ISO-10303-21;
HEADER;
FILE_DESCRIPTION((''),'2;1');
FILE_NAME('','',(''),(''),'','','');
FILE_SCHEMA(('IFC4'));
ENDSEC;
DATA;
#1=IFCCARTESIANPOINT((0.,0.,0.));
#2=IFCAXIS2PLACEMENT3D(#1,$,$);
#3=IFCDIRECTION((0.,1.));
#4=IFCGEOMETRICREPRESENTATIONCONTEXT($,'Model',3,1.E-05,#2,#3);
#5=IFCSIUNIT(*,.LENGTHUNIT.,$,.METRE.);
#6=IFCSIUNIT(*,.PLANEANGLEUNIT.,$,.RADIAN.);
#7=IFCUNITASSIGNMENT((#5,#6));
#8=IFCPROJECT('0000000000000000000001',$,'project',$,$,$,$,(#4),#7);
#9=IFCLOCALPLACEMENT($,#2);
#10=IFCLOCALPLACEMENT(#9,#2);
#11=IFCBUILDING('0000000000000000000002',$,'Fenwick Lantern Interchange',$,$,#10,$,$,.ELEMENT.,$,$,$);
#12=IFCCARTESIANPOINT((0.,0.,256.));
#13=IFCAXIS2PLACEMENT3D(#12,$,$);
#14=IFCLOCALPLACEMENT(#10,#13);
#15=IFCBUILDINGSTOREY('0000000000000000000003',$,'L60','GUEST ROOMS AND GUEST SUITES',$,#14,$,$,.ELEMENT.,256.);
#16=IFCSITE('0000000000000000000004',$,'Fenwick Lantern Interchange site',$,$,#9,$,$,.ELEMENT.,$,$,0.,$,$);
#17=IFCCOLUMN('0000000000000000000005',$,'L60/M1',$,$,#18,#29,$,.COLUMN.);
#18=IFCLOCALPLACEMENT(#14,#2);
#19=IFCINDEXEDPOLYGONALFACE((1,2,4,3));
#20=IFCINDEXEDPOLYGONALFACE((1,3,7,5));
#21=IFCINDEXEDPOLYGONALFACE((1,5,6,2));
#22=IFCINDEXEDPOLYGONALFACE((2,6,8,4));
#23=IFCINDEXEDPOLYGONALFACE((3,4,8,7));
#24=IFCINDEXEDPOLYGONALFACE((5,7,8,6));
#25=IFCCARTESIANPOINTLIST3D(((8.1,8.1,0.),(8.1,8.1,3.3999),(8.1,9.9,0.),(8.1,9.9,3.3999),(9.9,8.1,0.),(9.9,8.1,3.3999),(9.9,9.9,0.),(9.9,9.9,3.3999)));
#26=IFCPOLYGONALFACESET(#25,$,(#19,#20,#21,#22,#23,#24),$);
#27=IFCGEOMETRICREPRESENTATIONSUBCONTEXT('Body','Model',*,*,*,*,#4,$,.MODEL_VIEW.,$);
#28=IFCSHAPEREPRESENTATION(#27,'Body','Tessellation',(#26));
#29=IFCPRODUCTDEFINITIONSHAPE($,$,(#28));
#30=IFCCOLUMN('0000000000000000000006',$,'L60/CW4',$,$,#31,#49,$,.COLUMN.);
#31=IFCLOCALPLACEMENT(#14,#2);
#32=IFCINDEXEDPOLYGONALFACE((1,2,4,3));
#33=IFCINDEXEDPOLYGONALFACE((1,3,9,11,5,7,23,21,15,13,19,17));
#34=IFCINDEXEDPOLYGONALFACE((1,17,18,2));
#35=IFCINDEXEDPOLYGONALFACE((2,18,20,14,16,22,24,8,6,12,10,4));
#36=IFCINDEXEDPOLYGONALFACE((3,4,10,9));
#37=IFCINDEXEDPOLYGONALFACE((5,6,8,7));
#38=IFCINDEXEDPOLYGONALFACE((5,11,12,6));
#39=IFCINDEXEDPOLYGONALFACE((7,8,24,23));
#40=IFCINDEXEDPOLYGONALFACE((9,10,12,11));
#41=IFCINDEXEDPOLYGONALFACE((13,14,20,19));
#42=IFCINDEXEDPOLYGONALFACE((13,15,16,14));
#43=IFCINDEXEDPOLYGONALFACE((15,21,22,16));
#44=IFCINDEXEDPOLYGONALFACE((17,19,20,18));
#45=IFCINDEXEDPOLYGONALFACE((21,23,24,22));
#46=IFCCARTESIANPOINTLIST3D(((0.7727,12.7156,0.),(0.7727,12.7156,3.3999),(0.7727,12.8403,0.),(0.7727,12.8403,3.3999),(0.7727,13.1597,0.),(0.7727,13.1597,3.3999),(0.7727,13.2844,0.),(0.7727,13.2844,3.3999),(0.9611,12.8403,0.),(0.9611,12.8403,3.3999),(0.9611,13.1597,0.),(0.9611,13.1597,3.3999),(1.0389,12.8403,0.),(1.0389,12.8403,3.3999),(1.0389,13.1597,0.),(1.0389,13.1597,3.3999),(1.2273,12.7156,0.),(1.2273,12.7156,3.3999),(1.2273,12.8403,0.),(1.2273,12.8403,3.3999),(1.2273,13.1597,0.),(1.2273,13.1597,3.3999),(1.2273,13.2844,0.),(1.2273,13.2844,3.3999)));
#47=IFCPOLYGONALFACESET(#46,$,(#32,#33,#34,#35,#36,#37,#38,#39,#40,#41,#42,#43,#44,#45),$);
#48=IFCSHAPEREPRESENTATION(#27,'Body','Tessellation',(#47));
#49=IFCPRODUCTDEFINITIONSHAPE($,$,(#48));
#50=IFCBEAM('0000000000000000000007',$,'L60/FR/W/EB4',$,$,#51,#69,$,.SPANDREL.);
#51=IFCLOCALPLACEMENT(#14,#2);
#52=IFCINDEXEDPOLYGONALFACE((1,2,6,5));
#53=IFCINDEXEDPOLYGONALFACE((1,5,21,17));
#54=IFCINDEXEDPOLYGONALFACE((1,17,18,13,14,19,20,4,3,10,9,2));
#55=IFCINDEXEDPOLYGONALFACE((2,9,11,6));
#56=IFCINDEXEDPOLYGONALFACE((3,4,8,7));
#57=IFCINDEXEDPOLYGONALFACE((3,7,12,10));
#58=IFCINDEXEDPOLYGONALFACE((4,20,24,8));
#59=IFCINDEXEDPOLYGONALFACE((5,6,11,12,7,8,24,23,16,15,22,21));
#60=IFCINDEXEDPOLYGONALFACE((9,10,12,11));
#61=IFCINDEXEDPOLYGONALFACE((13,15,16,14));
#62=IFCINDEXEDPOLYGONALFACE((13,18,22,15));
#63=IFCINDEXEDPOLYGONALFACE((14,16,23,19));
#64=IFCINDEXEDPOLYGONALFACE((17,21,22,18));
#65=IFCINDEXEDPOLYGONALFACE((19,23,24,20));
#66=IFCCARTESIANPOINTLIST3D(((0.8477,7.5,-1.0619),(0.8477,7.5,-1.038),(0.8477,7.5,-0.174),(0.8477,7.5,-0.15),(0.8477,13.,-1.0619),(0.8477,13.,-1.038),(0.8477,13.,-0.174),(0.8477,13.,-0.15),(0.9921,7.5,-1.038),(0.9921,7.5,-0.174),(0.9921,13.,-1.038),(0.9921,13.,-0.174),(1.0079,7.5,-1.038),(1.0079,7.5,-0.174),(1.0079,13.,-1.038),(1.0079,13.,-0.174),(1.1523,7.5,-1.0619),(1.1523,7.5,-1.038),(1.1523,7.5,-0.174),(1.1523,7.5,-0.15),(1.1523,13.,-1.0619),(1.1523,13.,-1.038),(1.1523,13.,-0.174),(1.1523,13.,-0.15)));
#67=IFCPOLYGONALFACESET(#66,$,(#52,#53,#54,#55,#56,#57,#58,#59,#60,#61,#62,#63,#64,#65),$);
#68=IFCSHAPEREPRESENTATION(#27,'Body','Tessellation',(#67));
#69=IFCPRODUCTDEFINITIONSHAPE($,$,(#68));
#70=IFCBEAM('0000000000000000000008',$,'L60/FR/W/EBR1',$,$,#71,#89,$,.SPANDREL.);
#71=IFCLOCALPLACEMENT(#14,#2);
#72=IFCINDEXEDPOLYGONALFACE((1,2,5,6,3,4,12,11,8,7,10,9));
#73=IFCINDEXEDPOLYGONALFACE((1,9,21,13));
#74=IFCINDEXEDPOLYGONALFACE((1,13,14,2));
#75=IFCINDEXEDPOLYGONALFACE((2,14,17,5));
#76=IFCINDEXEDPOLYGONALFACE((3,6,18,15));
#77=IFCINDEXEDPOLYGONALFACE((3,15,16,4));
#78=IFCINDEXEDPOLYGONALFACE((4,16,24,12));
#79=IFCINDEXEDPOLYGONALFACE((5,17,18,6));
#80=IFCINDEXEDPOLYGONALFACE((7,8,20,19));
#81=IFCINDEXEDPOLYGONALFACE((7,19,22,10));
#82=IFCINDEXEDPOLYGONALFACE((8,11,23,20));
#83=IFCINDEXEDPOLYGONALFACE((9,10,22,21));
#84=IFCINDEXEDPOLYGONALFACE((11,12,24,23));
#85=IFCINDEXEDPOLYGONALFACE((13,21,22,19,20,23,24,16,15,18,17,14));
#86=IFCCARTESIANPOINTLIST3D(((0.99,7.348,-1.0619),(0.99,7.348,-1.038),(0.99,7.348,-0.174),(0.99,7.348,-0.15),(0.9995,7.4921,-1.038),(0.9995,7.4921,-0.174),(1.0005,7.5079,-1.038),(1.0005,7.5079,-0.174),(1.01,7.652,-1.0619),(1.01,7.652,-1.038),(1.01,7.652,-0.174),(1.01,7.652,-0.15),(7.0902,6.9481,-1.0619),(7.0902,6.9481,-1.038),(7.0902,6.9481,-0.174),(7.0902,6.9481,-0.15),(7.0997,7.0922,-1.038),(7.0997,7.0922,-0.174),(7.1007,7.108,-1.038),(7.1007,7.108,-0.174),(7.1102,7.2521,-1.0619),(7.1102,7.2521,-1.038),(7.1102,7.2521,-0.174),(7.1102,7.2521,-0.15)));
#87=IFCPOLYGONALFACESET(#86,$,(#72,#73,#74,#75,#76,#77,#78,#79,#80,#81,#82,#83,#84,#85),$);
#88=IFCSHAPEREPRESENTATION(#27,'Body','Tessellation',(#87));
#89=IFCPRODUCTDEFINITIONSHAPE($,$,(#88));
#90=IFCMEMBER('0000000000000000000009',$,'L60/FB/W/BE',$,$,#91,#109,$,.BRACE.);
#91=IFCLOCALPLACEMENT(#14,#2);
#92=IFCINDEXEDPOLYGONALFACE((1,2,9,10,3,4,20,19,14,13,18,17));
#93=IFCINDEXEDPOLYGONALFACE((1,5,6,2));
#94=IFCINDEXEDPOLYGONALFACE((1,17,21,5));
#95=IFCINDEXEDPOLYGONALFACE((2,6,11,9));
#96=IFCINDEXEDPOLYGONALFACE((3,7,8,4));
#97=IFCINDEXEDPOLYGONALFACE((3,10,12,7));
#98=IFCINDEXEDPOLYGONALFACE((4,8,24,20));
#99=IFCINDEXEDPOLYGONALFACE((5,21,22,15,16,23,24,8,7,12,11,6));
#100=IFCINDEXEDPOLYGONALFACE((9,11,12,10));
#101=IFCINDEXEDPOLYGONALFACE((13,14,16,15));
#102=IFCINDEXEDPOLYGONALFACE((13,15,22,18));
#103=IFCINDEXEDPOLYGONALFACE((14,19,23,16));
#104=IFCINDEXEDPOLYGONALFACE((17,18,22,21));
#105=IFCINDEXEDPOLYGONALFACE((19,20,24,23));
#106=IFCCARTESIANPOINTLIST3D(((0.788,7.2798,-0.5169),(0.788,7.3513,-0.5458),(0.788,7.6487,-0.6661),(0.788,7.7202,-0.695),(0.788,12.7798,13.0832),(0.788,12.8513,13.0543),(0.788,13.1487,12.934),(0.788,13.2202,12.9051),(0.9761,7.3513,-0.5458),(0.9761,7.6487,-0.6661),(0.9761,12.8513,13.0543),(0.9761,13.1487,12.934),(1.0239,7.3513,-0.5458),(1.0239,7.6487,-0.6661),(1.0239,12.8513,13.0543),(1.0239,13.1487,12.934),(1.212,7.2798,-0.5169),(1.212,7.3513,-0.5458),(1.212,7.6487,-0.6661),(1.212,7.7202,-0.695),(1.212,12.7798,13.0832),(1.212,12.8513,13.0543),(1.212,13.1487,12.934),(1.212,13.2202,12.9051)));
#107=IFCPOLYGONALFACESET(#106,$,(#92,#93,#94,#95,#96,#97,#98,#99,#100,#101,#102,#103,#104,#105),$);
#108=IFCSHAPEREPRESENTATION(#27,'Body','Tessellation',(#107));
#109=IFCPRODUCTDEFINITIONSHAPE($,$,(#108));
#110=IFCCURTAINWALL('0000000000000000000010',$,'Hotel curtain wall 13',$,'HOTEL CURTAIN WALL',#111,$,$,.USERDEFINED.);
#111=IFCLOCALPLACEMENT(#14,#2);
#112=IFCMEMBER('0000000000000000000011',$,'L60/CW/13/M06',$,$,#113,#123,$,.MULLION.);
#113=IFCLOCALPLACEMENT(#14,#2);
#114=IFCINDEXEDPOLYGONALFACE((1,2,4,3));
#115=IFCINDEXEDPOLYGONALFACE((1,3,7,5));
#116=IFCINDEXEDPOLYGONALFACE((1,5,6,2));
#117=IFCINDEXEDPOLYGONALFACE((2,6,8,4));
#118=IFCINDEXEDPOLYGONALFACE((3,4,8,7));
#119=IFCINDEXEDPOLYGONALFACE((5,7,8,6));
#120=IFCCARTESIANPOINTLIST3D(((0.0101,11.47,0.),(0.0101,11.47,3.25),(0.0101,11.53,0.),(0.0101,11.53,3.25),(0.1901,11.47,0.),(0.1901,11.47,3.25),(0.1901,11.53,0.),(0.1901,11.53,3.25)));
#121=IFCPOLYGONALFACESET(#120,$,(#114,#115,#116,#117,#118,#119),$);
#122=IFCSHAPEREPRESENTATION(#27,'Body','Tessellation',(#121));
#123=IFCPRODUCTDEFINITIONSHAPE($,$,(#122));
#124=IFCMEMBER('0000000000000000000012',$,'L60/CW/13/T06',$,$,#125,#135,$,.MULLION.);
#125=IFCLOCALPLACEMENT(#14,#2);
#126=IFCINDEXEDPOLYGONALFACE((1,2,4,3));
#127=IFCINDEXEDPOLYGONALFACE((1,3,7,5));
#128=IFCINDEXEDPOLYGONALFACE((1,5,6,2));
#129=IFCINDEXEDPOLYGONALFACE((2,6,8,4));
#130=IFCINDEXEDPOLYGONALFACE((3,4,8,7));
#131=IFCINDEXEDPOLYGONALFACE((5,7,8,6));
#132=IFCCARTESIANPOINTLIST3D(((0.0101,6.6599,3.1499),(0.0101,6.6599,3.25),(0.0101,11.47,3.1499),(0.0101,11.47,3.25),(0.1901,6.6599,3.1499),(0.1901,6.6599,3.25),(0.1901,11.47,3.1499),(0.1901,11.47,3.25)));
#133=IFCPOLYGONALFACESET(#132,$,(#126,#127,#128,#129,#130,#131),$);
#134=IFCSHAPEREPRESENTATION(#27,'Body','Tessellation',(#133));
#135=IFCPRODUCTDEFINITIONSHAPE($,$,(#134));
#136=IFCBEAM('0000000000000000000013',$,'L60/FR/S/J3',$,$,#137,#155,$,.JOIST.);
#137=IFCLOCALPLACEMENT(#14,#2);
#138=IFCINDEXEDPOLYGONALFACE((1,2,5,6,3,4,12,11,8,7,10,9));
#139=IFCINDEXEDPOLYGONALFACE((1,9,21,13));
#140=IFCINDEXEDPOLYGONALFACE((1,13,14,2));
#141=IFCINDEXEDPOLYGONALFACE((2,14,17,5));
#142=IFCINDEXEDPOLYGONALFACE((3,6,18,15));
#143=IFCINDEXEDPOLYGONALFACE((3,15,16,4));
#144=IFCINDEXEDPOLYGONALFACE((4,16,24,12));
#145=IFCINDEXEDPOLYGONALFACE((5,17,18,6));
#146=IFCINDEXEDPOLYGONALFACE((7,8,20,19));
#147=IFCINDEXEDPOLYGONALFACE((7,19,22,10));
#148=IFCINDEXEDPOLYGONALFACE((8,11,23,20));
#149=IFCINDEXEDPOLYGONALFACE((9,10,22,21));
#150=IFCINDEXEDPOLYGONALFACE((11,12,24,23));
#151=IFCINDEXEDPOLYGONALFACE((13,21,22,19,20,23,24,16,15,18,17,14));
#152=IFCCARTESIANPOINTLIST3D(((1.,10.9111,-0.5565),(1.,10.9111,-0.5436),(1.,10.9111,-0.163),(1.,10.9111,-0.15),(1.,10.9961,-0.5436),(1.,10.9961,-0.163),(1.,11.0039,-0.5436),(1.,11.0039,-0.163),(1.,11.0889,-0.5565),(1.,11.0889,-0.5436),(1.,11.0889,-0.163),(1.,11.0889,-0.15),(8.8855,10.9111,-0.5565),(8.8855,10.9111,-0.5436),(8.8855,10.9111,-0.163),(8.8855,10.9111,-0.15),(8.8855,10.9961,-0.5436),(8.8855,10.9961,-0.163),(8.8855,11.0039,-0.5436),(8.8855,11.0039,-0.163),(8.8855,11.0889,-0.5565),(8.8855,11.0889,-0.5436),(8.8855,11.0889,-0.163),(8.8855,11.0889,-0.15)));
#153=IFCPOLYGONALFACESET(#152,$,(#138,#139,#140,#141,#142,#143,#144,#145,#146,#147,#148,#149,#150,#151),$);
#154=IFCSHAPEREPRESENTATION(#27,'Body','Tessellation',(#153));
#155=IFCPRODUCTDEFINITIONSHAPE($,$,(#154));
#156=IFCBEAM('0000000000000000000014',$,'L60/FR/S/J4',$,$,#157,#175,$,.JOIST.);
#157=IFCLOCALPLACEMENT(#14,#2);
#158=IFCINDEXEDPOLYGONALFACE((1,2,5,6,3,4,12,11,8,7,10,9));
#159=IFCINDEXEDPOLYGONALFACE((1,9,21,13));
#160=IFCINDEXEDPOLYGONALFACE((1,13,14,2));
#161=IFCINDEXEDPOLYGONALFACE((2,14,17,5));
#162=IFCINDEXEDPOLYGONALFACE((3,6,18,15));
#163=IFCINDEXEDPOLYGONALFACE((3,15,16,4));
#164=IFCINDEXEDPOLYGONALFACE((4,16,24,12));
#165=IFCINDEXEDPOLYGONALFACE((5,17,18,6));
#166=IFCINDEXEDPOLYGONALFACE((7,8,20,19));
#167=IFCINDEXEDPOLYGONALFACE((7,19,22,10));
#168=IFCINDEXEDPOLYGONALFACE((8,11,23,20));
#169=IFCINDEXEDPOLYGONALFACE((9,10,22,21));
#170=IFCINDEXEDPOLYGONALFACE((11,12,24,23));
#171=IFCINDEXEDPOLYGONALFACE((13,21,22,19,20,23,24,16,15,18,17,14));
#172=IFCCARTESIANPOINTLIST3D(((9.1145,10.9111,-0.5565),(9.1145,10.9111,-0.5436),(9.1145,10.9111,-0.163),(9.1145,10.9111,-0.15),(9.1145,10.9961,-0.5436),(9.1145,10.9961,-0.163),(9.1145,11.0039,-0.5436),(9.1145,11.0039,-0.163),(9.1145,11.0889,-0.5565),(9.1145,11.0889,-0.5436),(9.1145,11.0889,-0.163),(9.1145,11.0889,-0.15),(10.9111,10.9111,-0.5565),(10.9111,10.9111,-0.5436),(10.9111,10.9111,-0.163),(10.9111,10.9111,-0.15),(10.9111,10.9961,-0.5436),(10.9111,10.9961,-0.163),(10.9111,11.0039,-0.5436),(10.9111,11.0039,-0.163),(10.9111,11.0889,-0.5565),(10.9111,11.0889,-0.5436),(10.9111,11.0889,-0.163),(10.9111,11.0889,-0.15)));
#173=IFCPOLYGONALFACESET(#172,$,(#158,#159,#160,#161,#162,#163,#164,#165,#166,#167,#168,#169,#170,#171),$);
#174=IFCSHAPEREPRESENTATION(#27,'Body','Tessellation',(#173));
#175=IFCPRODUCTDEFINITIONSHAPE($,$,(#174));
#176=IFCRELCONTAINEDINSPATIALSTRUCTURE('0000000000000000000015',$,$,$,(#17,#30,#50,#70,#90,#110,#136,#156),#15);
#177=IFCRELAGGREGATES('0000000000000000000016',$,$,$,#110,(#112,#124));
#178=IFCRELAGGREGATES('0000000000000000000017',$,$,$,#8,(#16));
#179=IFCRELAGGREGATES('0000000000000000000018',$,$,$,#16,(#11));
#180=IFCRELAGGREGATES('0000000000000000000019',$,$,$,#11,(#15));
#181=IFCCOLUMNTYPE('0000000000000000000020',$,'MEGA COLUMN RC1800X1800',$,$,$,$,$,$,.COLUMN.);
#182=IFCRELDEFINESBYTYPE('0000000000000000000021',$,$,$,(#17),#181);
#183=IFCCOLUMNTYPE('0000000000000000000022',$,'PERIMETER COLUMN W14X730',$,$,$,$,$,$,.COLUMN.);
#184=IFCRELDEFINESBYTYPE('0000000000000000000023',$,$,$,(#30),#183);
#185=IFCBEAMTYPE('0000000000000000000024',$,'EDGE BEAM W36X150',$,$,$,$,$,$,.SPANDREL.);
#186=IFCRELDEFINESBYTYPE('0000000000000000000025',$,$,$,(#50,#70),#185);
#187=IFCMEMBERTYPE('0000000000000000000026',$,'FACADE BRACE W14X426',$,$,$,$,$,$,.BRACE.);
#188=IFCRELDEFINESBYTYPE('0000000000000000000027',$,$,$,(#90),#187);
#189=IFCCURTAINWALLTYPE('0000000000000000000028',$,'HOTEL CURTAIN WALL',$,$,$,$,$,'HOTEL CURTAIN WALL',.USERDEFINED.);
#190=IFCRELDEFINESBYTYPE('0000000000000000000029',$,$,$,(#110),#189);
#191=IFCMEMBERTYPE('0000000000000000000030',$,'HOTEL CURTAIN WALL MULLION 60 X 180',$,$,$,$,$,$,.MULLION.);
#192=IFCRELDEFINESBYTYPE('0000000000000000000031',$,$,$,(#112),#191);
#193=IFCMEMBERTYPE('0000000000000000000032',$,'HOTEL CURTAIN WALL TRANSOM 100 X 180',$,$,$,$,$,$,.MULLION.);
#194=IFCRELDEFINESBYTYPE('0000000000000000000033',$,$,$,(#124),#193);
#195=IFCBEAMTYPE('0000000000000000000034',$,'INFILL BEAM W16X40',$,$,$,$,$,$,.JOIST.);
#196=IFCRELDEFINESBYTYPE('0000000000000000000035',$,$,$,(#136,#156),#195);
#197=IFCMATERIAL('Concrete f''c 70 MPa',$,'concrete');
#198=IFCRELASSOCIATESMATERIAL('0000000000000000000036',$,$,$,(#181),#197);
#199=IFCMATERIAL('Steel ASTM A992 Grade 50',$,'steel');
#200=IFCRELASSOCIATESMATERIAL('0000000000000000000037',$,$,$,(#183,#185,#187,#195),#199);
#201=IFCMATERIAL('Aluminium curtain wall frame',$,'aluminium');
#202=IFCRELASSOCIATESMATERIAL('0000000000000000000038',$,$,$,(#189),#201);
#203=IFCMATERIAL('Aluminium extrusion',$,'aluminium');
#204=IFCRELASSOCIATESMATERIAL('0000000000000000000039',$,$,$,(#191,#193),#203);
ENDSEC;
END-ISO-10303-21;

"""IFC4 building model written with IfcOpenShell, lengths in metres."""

from ifc_helpers import new_model, si_unit, direction, frame, origin, origin_2d, place, context, subcontext, project, spatial, rectangle, i_section, extrude, material, material_profile, profile_set, type_object, element, aggregate, save


model = new_model("IFC4")

# Units and contexts
model_context = context("Model", 3, precision=1e-05, world=origin(), true_north=direction((0.0, 1.0)))
body_context = subcontext(model_context, "Body", "Model", "MODEL_VIEW")
ifc_project = project(units=[si_unit("LENGTHUNIT", "METRE"), si_unit("PLANEANGLEUNIT", "RADIAN")], contexts=[model_context])

# Site, building, storey
site_placement = place(None, origin())
site = spatial("IfcSite", under=ifc_project, at=site_placement, Name="Fenwick Lantern Interchange site", CompositionType="ELEMENT", RefElevation=0.0)
building_placement = place(site_placement, origin())
building = spatial("IfcBuilding", under=site, at=building_placement, Name="Fenwick Lantern Interchange", CompositionType="ELEMENT")
storey_placement = place(building_placement, frame((0.0, 0.0, 256.0)))
storey = spatial("IfcBuildingStorey", under=building, at=storey_placement, Name="L60", Description="GUEST ROOMS AND GUEST SUITES", CompositionType="ELEMENT", Elevation=256.0)

# Columns
ifc_material_1 = material(Name="Concrete f'c 70 MPa", Category="concrete")
ifc_material_profile_1 = material_profile(ifc_material_1, rectangle(XDim=1.8, YDim=1.8, at=origin_2d()), Name="RC1800X1800")
ifc_profile_set_1 = profile_set([ifc_material_profile_1], Name="Concrete f'c 70 MPa")
column_type_1 = type_object("IfcColumnType", Name="MEGA COLUMN RC1800X1800", PredefinedType="COLUMN", material=ifc_profile_set_1)
column_1_placement = place(storey_placement, frame((9.0, 9.0, 0.0), z_axis=(0.0, 0.0, 1.0), x_axis=(1.0, 0.0, 0.0)))
element("IfcColumn", 1, at=column_1_placement, inside=storey, type_object=column_type_1, Name="L60/M1", PredefinedType="COLUMN", context=body_context, shape_type="SweptSolid", body=[
    extrude(rectangle(XDim=1.8, YDim=1.8, at=origin_2d()), origin(), (0.0, 0.0, 1.0), 3.3999),
])
ifc_material_2 = material(Name="Steel ASTM A992 Grade 50", Category="steel")
ifc_material_profile_2 = material_profile(ifc_material_2, i_section(OverallWidth=0.4546, OverallDepth=0.5688, WebThickness=0.0779, FlangeThickness=0.1248, at=origin_2d()), Name="W14X730")
ifc_profile_set_2 = profile_set([ifc_material_profile_2], Name="Steel ASTM A992 Grade 50")
column_type_2 = type_object("IfcColumnType", Name="PERIMETER COLUMN W14X730", PredefinedType="COLUMN", material=ifc_profile_set_2)
column_2_placement = place(storey_placement, frame((1.0, 13.0, 0.0), z_axis=(0.0, 0.0, 1.0), x_axis=(1.0, 0.0, 0.0)))
element("IfcColumn", 2, at=column_2_placement, inside=storey, type_object=column_type_2, Name="L60/CW4", PredefinedType="COLUMN", context=body_context, shape_type="SweptSolid", body=[
    extrude(i_section(OverallWidth=0.4546, OverallDepth=0.5688, WebThickness=0.0779, FlangeThickness=0.1248, at=origin_2d()), origin(), (0.0, 0.0, 1.0), 3.3999),
])

# Beams
ifc_material_profile_3 = material_profile(ifc_material_2, i_section(OverallWidth=0.3047, OverallDepth=0.9119, WebThickness=0.0159, FlangeThickness=0.0239, at=origin_2d()), Name="W36X150")
ifc_profile_set_3 = profile_set([ifc_material_profile_3], Name="Steel ASTM A992 Grade 50")
beam_type_1 = type_object("IfcBeamType", Name="EDGE BEAM W36X150", PredefinedType="SPANDREL", material=ifc_profile_set_3)
beam_1_placement = place(storey_placement, frame((1.0, 13.0, -0.606), z_axis=(0.0, -1.0, 0.0), x_axis=(1.0, 0.0, 0.0)))
element("IfcBeam", 3, at=beam_1_placement, inside=storey, type_object=beam_type_1, Name="L60/FR/W/EB4", PredefinedType="SPANDREL", context=body_context, shape_type="SweptSolid", body=[
    extrude(i_section(OverallWidth=0.3047, OverallDepth=0.9119, WebThickness=0.0159, FlangeThickness=0.0239, at=origin_2d()), origin(), (0.0, 0.0, 1.0), 5.5),
])
beam_2_placement = place(storey_placement, frame((1.0, 7.5, -0.606), z_axis=(0.997858, -0.065416, 0.0), x_axis=(0.065416, 0.997858, 0.0)))
element("IfcBeam", 4, at=beam_2_placement, inside=storey, type_object=beam_type_1, Name="L60/FR/W/EBR1", PredefinedType="SPANDREL", context=body_context, shape_type="SweptSolid", body=[
    extrude(i_section(OverallWidth=0.3047, OverallDepth=0.9119, WebThickness=0.0159, FlangeThickness=0.0239, at=origin_2d()), origin(), (0.0, 0.0, 1.0), 6.1133),
])

# Member
ifc_material_profile_4 = material_profile(ifc_material_2, i_section(OverallWidth=0.4241, OverallDepth=0.4751, WebThickness=0.0479, FlangeThickness=0.0771, at=origin_2d()), Name="W14X426")
ifc_profile_set_4 = profile_set([ifc_material_profile_4], Name="Steel ASTM A992 Grade 50")
member_type_1 = type_object("IfcMemberType", Name="FACADE BRACE W14X426", PredefinedType="BRACE", material=ifc_profile_set_4)
member_1_placement = place(storey_placement, frame((1.0, 7.5, -0.606), z_axis=(0.0, 0.374912, 0.927061), x_axis=(-1.0, 0.0, 0.0)))
element("IfcMember", 5, at=member_1_placement, inside=storey, type_object=member_type_1, Name="L60/FB/W/BE", PredefinedType="BRACE", context=body_context, shape_type="SweptSolid", body=[
    extrude(i_section(OverallWidth=0.4241, OverallDepth=0.4751, WebThickness=0.0479, FlangeThickness=0.0771, at=origin_2d()), origin(), (0.0, 0.0, 1.0), 14.6702),
])

# Curtain wall, members
ifc_material_3 = material(Name="Aluminium curtain wall frame", Category="aluminium")
curtain_wall_type = type_object("IfcCurtainWallType", Name="HOTEL CURTAIN WALL", ElementType="HOTEL CURTAIN WALL", PredefinedType="USERDEFINED", material=ifc_material_3)
curtain_wall_placement = place(storey_placement, origin())
curtain_wall = element("IfcCurtainWall", 6, at=curtain_wall_placement, inside=storey, type_object=curtain_wall_type, Name="Hotel curtain wall 13", ObjectType="HOTEL CURTAIN WALL", PredefinedType="USERDEFINED")
ifc_material_4 = material(Name="Aluminium extrusion", Category="aluminium")
ifc_material_profile_5 = material_profile(ifc_material_4, rectangle(XDim=0.1799, YDim=0.0601, at=origin_2d()), Name="HOTEL CURTAIN WALL MULLION 60 X 180")
ifc_profile_set_5 = profile_set([ifc_material_profile_5], Name="Aluminium extrusion")
member_type_2 = type_object("IfcMemberType", Name="HOTEL CURTAIN WALL MULLION 60 X 180", PredefinedType="MULLION", material=ifc_profile_set_5)
member_2_placement = place(storey_placement, frame((0.1001, 11.5, 0.0), z_axis=(0.0, 0.0, 1.0), x_axis=(1.0, 0.0, 0.0)))
member_2 = element("IfcMember", 7, at=member_2_placement, type_object=member_type_2, Name="L60/CW/13/M06", PredefinedType="MULLION", context=body_context, shape_type="SweptSolid", body=[
    extrude(rectangle(XDim=0.1799, YDim=0.0601, at=origin_2d()), origin(), (0.0, 0.0, 1.0), 3.25),
])
ifc_material_profile_6 = material_profile(ifc_material_4, rectangle(XDim=0.1799, YDim=0.1001, at=origin_2d()), Name="HOTEL CURTAIN WALL TRANSOM 100 X 180")
ifc_profile_set_6 = profile_set([ifc_material_profile_6], Name="Aluminium extrusion")
member_type_3 = type_object("IfcMemberType", Name="HOTEL CURTAIN WALL TRANSOM 100 X 180", PredefinedType="MULLION", material=ifc_profile_set_6)
member_3_placement = place(storey_placement, frame((0.1001, 11.47, 3.2), z_axis=(0.0, -1.0, 0.0), x_axis=(1.0, 0.0, 0.0)))
member_3 = element("IfcMember", 8, at=member_3_placement, type_object=member_type_3, Name="L60/CW/13/T06", PredefinedType="MULLION", context=body_context, shape_type="SweptSolid", body=[
    extrude(rectangle(XDim=0.1799, YDim=0.1001, at=origin_2d()), origin(), (0.0, 0.0, 1.0), 4.8101),
])
aggregate(curtain_wall, [member_2, member_3])

# Beams
ifc_material_profile_7 = material_profile(ifc_material_2, i_section(OverallWidth=0.1777, OverallDepth=0.4065, WebThickness=0.0078, FlangeThickness=0.0129, at=origin_2d()), Name="W16X40")
ifc_profile_set_7 = profile_set([ifc_material_profile_7], Name="Steel ASTM A992 Grade 50")
beam_type_2 = type_object("IfcBeamType", Name="INFILL BEAM W16X40", PredefinedType="JOIST", material=ifc_profile_set_7)
beam_3_placement = place(storey_placement, frame((1.0, 11.0, -0.3533), z_axis=(1.0, 0.0, 0.0), x_axis=(0.0, 1.0, 0.0)))
element("IfcBeam", 9, at=beam_3_placement, inside=storey, type_object=beam_type_2, Name="L60/FR/S/J3", PredefinedType="JOIST", context=body_context, shape_type="SweptSolid", body=[
    extrude(i_section(OverallWidth=0.1777, OverallDepth=0.4065, WebThickness=0.0078, FlangeThickness=0.0129, at=origin_2d()), origin(), (0.0, 0.0, 1.0), 7.8855),
])
beam_4_placement = place(storey_placement, frame((9.1145, 11.0, -0.3533), z_axis=(1.0, 0.0, 0.0), x_axis=(0.0, 1.0, 0.0)))
element("IfcBeam", 10, at=beam_4_placement, inside=storey, type_object=beam_type_2, Name="L60/FR/S/J4", PredefinedType="JOIST", context=body_context, shape_type="SweptSolid", body=[
    extrude(i_section(OverallWidth=0.1777, OverallDepth=0.4065, WebThickness=0.0078, FlangeThickness=0.0129, at=origin_2d()), origin(), (0.0, 0.0, 1.0), 1.7966),
])

save(model, "model.ifc")
